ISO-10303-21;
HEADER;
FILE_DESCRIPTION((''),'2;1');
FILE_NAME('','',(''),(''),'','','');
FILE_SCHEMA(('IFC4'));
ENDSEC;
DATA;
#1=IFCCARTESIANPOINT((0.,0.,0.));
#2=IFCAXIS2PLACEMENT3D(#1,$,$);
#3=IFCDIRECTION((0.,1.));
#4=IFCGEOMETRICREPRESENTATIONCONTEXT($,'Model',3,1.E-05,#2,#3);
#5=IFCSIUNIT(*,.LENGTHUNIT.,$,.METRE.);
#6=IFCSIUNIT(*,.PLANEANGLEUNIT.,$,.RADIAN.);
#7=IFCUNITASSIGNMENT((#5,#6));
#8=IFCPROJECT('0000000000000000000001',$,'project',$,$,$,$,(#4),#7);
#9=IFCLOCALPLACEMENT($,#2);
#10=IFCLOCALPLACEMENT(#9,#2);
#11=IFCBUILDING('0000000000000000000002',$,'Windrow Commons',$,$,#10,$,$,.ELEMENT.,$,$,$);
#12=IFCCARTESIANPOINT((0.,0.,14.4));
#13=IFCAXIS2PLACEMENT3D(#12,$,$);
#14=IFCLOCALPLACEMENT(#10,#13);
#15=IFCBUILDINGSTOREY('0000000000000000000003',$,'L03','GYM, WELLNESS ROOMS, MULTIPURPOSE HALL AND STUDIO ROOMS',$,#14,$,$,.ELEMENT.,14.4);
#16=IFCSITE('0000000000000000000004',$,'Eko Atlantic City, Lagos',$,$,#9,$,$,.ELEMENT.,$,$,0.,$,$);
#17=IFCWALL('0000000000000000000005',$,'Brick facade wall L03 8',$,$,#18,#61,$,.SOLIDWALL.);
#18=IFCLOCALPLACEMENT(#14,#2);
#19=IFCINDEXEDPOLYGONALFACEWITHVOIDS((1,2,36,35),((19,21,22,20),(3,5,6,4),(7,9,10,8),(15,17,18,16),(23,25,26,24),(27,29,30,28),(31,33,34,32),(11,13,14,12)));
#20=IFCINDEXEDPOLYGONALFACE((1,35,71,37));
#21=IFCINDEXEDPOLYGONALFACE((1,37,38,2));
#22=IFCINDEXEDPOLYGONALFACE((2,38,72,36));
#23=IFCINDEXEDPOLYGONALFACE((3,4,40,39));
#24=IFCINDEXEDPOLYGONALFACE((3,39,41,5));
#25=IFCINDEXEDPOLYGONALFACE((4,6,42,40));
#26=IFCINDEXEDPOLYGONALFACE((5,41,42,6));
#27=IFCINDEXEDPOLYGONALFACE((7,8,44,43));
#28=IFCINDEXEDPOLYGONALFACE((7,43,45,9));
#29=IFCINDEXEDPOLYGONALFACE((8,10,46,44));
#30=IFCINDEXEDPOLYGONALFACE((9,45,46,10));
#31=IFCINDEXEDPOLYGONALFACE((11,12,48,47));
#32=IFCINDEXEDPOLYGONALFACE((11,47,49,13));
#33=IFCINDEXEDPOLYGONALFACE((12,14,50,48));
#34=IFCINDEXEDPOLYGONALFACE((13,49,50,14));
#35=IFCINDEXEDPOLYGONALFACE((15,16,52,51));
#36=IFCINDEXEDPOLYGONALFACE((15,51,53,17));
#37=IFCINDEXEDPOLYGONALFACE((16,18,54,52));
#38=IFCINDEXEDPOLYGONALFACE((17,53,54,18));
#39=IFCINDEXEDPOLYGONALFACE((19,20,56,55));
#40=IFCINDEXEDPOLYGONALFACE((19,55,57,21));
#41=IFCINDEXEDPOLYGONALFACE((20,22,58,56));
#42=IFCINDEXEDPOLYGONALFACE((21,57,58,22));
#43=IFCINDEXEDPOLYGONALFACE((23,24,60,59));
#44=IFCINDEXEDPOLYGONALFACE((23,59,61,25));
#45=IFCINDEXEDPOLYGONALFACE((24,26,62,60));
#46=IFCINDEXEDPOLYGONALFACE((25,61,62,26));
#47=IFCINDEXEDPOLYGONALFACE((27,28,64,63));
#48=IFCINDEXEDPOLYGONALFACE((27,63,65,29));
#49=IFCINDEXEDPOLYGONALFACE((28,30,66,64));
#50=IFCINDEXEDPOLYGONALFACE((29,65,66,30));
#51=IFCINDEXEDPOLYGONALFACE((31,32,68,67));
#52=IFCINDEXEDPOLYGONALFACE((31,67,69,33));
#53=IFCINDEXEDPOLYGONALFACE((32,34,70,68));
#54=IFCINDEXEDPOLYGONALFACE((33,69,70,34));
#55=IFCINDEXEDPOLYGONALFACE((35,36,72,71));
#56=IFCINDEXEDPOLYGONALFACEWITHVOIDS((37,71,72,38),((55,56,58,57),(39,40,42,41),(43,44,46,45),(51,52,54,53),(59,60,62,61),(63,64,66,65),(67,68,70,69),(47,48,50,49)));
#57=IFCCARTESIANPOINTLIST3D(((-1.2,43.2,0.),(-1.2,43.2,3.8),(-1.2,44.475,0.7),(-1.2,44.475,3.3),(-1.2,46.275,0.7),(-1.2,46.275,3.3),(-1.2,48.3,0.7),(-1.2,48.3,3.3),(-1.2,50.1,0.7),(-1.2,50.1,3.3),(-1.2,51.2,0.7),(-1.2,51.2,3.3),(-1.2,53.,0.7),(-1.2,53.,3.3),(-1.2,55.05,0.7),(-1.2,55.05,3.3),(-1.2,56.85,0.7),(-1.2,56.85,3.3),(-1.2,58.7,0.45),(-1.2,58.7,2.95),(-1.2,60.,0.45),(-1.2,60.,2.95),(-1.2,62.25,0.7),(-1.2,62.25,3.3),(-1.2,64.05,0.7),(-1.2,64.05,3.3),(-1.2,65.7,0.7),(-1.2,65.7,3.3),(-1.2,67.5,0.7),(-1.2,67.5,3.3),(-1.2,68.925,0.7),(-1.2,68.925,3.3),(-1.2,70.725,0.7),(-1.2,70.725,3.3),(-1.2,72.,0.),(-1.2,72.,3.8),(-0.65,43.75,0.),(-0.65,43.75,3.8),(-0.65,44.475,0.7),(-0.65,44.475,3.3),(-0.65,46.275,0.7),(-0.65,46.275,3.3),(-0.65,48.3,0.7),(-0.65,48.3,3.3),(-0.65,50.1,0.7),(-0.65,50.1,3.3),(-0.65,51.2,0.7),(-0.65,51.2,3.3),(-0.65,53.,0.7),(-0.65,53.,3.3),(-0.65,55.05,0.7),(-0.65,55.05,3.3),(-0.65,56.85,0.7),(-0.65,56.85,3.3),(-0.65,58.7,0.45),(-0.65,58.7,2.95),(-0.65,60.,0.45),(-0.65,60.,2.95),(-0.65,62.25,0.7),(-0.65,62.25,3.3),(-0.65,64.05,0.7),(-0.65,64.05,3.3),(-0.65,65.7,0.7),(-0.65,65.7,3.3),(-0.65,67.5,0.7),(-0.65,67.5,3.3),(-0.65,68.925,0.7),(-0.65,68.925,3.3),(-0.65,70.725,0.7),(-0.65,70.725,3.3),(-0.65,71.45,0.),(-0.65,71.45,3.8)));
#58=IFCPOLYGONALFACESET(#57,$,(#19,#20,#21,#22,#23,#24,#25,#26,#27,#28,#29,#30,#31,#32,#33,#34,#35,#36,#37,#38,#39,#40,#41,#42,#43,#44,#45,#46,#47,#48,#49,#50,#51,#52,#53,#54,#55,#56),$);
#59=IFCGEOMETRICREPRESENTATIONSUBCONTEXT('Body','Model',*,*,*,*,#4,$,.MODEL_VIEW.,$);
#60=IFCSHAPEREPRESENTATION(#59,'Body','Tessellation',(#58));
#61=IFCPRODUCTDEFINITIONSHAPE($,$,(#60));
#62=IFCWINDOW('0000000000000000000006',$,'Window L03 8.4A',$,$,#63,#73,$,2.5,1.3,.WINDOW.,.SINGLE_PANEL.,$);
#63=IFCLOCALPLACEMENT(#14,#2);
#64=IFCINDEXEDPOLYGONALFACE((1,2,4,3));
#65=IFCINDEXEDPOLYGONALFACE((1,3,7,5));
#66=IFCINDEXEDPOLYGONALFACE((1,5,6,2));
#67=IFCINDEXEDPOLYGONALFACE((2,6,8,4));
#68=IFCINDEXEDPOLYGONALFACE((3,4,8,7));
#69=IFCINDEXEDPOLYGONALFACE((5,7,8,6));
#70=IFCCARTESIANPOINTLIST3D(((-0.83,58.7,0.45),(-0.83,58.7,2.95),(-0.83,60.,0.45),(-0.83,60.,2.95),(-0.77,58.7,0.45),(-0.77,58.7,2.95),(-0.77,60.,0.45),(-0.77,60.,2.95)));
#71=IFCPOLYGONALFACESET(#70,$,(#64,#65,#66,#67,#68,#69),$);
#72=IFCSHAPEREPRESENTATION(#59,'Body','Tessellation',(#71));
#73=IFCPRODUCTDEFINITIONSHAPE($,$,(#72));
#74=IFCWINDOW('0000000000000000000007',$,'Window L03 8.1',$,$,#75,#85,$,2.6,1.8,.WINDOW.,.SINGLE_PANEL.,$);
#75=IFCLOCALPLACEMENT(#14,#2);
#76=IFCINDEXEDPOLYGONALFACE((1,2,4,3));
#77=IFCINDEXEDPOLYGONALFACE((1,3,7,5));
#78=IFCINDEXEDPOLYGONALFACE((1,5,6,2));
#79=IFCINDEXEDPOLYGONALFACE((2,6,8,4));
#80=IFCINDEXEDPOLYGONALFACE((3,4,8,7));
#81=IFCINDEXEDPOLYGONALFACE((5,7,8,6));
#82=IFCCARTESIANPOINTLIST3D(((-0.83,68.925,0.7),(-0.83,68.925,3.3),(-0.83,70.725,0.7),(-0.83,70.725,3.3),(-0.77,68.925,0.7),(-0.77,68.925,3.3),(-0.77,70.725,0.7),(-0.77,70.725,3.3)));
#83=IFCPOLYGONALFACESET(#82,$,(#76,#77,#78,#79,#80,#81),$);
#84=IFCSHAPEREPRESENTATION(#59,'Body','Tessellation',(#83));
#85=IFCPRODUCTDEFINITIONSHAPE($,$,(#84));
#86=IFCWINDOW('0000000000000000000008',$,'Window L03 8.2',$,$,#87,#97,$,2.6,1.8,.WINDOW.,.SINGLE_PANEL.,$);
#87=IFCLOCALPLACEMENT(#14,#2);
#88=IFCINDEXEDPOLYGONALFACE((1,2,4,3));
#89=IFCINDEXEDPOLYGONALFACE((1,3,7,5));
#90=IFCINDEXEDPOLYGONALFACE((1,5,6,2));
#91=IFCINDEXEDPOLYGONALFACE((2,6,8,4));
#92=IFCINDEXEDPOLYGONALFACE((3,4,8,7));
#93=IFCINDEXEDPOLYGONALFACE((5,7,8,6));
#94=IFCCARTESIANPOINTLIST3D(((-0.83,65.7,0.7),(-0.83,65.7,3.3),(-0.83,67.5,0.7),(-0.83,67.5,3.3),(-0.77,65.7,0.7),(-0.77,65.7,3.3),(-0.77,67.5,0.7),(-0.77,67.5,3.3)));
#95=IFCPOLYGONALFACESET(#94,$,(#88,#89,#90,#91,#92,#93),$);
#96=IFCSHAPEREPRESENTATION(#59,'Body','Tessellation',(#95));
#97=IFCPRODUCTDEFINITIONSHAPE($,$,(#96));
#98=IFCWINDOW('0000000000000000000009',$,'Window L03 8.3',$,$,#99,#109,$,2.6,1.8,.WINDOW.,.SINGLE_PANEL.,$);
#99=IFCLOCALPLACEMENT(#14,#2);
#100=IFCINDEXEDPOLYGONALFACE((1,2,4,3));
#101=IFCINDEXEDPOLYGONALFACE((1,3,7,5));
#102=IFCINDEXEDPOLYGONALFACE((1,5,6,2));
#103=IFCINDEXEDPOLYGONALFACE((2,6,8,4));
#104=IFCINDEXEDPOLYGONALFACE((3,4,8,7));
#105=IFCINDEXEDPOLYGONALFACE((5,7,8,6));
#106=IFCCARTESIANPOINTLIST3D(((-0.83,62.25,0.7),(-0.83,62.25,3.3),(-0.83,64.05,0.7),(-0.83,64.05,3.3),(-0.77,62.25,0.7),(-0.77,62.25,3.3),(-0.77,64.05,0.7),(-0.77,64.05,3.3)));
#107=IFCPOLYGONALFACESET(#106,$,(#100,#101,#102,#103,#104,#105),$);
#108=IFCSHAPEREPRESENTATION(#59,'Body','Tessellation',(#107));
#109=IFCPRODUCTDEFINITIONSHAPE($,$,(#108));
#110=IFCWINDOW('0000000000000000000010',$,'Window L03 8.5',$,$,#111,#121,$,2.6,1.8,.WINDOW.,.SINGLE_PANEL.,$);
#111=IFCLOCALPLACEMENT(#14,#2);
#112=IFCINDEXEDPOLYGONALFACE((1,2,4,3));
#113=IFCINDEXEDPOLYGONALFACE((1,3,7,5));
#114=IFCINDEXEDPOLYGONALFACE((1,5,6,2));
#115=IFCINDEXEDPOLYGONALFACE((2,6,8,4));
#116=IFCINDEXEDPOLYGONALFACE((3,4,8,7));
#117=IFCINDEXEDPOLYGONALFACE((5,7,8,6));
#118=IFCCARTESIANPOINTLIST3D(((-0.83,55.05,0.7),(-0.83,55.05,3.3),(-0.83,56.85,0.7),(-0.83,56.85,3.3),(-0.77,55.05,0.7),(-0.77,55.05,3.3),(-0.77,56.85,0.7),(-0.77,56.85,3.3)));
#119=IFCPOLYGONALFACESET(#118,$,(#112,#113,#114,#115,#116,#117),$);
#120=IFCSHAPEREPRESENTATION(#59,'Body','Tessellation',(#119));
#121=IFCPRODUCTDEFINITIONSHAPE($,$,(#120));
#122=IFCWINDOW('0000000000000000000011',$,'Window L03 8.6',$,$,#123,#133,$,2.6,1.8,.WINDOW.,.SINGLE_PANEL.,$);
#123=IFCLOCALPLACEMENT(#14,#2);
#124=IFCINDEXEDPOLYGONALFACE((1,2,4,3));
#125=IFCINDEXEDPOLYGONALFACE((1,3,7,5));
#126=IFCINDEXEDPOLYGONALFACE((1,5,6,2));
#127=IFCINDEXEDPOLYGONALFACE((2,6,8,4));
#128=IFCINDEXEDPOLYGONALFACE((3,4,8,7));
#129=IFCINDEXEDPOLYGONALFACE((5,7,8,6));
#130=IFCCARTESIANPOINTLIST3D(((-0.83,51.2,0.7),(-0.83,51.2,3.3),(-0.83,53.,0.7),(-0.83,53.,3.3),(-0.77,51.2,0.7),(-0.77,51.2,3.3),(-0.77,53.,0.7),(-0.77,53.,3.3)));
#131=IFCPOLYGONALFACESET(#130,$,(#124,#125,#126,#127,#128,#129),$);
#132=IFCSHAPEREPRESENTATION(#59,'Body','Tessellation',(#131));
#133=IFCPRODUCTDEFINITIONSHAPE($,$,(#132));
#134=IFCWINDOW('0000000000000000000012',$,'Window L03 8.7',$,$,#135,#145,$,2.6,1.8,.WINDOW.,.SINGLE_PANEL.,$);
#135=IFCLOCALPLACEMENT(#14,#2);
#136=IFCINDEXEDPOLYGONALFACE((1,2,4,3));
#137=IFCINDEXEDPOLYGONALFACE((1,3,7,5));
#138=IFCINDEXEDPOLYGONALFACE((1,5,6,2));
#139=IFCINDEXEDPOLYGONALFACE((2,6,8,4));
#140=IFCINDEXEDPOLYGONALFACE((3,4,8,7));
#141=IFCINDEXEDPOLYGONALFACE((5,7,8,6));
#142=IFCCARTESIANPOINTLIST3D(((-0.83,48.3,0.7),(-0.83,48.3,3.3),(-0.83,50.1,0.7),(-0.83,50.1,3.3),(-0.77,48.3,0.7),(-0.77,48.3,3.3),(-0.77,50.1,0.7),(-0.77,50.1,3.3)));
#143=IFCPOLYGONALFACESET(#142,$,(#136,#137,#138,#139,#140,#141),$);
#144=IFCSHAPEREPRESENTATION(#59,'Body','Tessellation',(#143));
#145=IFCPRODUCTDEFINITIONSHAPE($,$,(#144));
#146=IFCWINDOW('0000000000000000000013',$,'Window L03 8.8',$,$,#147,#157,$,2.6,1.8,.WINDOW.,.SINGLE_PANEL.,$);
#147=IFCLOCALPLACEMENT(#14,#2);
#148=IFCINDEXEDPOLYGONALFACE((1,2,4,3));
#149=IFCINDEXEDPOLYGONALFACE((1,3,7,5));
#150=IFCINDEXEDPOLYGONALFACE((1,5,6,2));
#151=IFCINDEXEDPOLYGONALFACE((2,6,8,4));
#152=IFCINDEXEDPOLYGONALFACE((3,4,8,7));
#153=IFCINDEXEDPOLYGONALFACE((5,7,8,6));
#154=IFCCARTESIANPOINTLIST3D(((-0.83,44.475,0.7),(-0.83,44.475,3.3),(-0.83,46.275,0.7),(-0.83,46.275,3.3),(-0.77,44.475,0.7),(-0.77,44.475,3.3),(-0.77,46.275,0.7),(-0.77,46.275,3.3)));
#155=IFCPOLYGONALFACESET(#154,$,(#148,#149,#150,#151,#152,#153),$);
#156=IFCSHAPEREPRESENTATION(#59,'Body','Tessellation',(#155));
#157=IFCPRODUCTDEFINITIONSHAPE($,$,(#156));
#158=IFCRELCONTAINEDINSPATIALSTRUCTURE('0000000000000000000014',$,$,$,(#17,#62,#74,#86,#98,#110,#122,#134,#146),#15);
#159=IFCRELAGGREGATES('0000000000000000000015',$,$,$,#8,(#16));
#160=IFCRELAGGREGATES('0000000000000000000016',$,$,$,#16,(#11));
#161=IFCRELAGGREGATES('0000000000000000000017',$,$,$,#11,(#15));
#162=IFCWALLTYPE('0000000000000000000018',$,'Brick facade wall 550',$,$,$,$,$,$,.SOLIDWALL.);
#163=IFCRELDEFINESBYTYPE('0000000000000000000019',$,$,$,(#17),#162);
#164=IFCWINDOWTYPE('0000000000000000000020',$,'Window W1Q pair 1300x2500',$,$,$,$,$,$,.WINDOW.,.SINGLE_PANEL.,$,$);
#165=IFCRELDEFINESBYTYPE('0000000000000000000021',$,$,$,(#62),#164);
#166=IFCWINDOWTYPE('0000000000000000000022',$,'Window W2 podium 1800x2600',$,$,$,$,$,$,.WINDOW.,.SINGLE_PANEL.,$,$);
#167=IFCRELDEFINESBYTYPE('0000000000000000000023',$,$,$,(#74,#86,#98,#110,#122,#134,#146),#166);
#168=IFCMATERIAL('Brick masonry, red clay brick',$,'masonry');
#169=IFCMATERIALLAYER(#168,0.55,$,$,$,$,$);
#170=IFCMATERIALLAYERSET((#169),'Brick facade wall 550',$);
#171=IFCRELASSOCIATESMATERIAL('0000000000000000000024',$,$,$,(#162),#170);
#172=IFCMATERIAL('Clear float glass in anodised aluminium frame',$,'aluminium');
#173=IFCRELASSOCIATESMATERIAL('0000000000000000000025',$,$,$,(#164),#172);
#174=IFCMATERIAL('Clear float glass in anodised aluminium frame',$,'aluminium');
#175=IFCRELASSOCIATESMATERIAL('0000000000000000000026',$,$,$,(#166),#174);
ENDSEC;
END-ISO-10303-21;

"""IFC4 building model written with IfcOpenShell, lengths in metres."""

from ifc_helpers import new_model, si_unit, direction, frame, frame_2d, origin, place, context, subcontext, project, spatial, polyline, rectangle, outline, extrude, material, layer, layer_set, type_object, element, fill, save


model = new_model("IFC4")

# Units and contexts
model_context = context("Model", 3, precision=1e-05, world=origin(), true_north=direction((0.0, 1.0)))
body_context = subcontext(model_context, "Body", "Model", "MODEL_VIEW")
ifc_project = project(units=[si_unit("LENGTHUNIT", "METRE"), si_unit("PLANEANGLEUNIT", "RADIAN")], contexts=[model_context])

# Site, building, storey
site_placement = place(None, origin())
site = spatial("IfcSite", under=ifc_project, at=site_placement, Name="Eko Atlantic City, Lagos", CompositionType="ELEMENT", RefElevation=0.0)
building_placement = place(site_placement, origin())
building = spatial("IfcBuilding", under=site, at=building_placement, Name="Windrow Commons", CompositionType="ELEMENT")
storey_placement = place(building_placement, frame((0.0, 0.0, 14.4)))
storey = spatial("IfcBuildingStorey", under=building, at=storey_placement, Name="L03", Description="GYM, WELLNESS ROOMS, MULTIPURPOSE HALL AND STUDIO ROOMS", CompositionType="ELEMENT", Elevation=14.4)

# Shared definitions
ifc_material_1 = material(Name="Brick masonry, red clay brick", Category="masonry")
ifc_layer_1 = layer(ifc_material_1, 0.55)
ifc_layer_set_1 = layer_set([ifc_layer_1], Name="Brick facade wall 550")
wall_type_1 = type_object("IfcWallType", Name="Brick facade wall 550", PredefinedType="SOLIDWALL", material=ifc_layer_set_1)

# Wall, openings, windows
wall_1_placement = place(storey_placement, frame((-0.925, 71.725, 0.0), z_axis=(0.0, 0.0, 1.0), x_axis=(0.0, -1.0, 0.0)))
wall_1 = element("IfcWall", 1, at=wall_1_placement, inside=storey, type_object=wall_type_1, Name="Brick facade wall L03 8", PredefinedType="SOLIDWALL", context=body_context, shape_type="SweptSolid", body=[
    extrude(outline(polyline([(-0.275, -0.275), (28.525, -0.275), (27.975, 0.275), (0.275, 0.275), (-0.275, -0.275)])), origin(), (0.0, 0.0, 1.0), 3.8),
])
opening_1_placement = place(wall_1_placement, frame((1.0, 0.0, 0.7)))
opening_1 = element("IfcOpeningElement", 2, at=opening_1_placement, cuts=wall_1, PredefinedType="OPENING", context=body_context, shape_type="SweptSolid", body=[
    extrude(rectangle(XDim=1.8, YDim=2.6, at=frame_2d((0.9, 1.3))), frame((0.0, 0.285, 0.0), z_axis=(0.0, -1.0, 0.0), x_axis=(1.0, 0.0, 0.0)), (0.0, 0.0, 1.0), 0.57),
])
opening_2_placement = place(wall_1_placement, frame((4.225, 0.0, 0.7)))
opening_2 = element("IfcOpeningElement", 3, at=opening_2_placement, cuts=wall_1, PredefinedType="OPENING", context=body_context, shape_type="SweptSolid", body=[
    extrude(rectangle(XDim=1.8, YDim=2.6, at=frame_2d((0.9, 1.3))), frame((0.0, 0.285, 0.0), z_axis=(0.0, -1.0, 0.0), x_axis=(1.0, 0.0, 0.0)), (0.0, 0.0, 1.0), 0.57),
])
opening_3_placement = place(wall_1_placement, frame((7.675, 0.0, 0.7)))
opening_3 = element("IfcOpeningElement", 4, at=opening_3_placement, cuts=wall_1, PredefinedType="OPENING", context=body_context, shape_type="SweptSolid", body=[
    extrude(rectangle(XDim=1.8, YDim=2.6, at=frame_2d((0.9, 1.3))), frame((0.0, 0.285, 0.0), z_axis=(0.0, -1.0, 0.0), x_axis=(1.0, 0.0, 0.0)), (0.0, 0.0, 1.0), 0.57),
])
opening_4_placement = place(wall_1_placement, frame((14.875, 0.0, 0.7)))
opening_4 = element("IfcOpeningElement", 5, at=opening_4_placement, cuts=wall_1, PredefinedType="OPENING", context=body_context, shape_type="SweptSolid", body=[
    extrude(rectangle(XDim=1.8, YDim=2.6, at=frame_2d((0.9, 1.3))), frame((0.0, 0.285, 0.0), z_axis=(0.0, -1.0, 0.0), x_axis=(1.0, 0.0, 0.0)), (0.0, 0.0, 1.0), 0.57),
])
opening_5_placement = place(wall_1_placement, frame((18.725, 0.0, 0.7)))
opening_5 = element("IfcOpeningElement", 6, at=opening_5_placement, cuts=wall_1, PredefinedType="OPENING", context=body_context, shape_type="SweptSolid", body=[
    extrude(rectangle(XDim=1.8, YDim=2.6, at=frame_2d((0.9, 1.3))), frame((0.0, 0.285, 0.0), z_axis=(0.0, -1.0, 0.0), x_axis=(1.0, 0.0, 0.0)), (0.0, 0.0, 1.0), 0.57),
])
opening_6_placement = place(wall_1_placement, frame((21.625, 0.0, 0.7)))
opening_6 = element("IfcOpeningElement", 7, at=opening_6_placement, cuts=wall_1, PredefinedType="OPENING", context=body_context, shape_type="SweptSolid", body=[
    extrude(rectangle(XDim=1.8, YDim=2.6, at=frame_2d((0.9, 1.3))), frame((0.0, 0.285, 0.0), z_axis=(0.0, -1.0, 0.0), x_axis=(1.0, 0.0, 0.0)), (0.0, 0.0, 1.0), 0.57),
])
opening_7_placement = place(wall_1_placement, frame((25.45, 0.0, 0.7)))
opening_7 = element("IfcOpeningElement", 8, at=opening_7_placement, cuts=wall_1, PredefinedType="OPENING", context=body_context, shape_type="SweptSolid", body=[
    extrude(rectangle(XDim=1.8, YDim=2.6, at=frame_2d((0.9, 1.3))), frame((0.0, 0.285, 0.0), z_axis=(0.0, -1.0, 0.0), x_axis=(1.0, 0.0, 0.0)), (0.0, 0.0, 1.0), 0.57),
])
opening_8_placement = place(wall_1_placement, frame((11.725, 0.0, 0.45)))
opening_8 = element("IfcOpeningElement", 9, at=opening_8_placement, cuts=wall_1, PredefinedType="OPENING", context=body_context, shape_type="SweptSolid", body=[
    extrude(rectangle(XDim=1.3, YDim=2.5, at=frame_2d((0.65, 1.25))), frame((0.0, 0.285, 0.0), z_axis=(0.0, -1.0, 0.0), x_axis=(1.0, 0.0, 0.0)), (0.0, 0.0, 1.0), 0.57),
])
ifc_material_2 = material(Name="Clear float glass in anodised aluminium frame", Category="aluminium")
window_type_1 = type_object("IfcWindowType", Name="Window W1Q pair 1300x2500", PartitioningType="SINGLE_PANEL", PredefinedType="WINDOW", material=ifc_material_2)
window_1_placement = place(opening_8_placement, origin())
window_1 = element("IfcWindow", 10, at=window_1_placement, inside=storey, type_object=window_type_1, Name="Window L03 8.4A", OverallHeight=2.5, OverallWidth=1.3, PartitioningType="SINGLE_PANEL", PredefinedType="WINDOW", context=body_context, shape_type="SweptSolid", body=[
    extrude(rectangle(XDim=1.3, YDim=2.5, at=frame_2d((0.65, 1.25))), frame((0.0, 0.155, 0.0), z_axis=(0.0, -1.0, 0.0), x_axis=(1.0, 0.0, 0.0)), (0.0, 0.0, 1.0), 0.06),
])
fill(opening_8, window_1)
ifc_material_3 = material(Name="Clear float glass in anodised aluminium frame", Category="aluminium")
window_type_2 = type_object("IfcWindowType", Name="Window W2 podium 1800x2600", PartitioningType="SINGLE_PANEL", PredefinedType="WINDOW", material=ifc_material_3)
window_2_placement = place(opening_1_placement, origin())
window_2 = element("IfcWindow", 11, at=window_2_placement, inside=storey, type_object=window_type_2, Name="Window L03 8.1", OverallHeight=2.6, OverallWidth=1.8, PartitioningType="SINGLE_PANEL", PredefinedType="WINDOW", context=body_context, shape_type="SweptSolid", body=[
    extrude(rectangle(XDim=1.8, YDim=2.6, at=frame_2d((0.9, 1.3))), frame((0.0, 0.155, 0.0), z_axis=(0.0, -1.0, 0.0), x_axis=(1.0, 0.0, 0.0)), (0.0, 0.0, 1.0), 0.06),
])
fill(opening_1, window_2)
window_3_placement = place(opening_2_placement, origin())
window_3 = element("IfcWindow", 12, at=window_3_placement, inside=storey, type_object=window_type_2, Name="Window L03 8.2", OverallHeight=2.6, OverallWidth=1.8, PartitioningType="SINGLE_PANEL", PredefinedType="WINDOW", context=body_context, shape_type="SweptSolid", body=[
    extrude(rectangle(XDim=1.8, YDim=2.6, at=frame_2d((0.9, 1.3))), frame((0.0, 0.155, 0.0), z_axis=(0.0, -1.0, 0.0), x_axis=(1.0, 0.0, 0.0)), (0.0, 0.0, 1.0), 0.06),
])
fill(opening_2, window_3)
window_4_placement = place(opening_3_placement, origin())
window_4 = element("IfcWindow", 13, at=window_4_placement, inside=storey, type_object=window_type_2, Name="Window L03 8.3", OverallHeight=2.6, OverallWidth=1.8, PartitioningType="SINGLE_PANEL", PredefinedType="WINDOW", context=body_context, shape_type="SweptSolid", body=[
    extrude(rectangle(XDim=1.8, YDim=2.6, at=frame_2d((0.9, 1.3))), frame((0.0, 0.155, 0.0), z_axis=(0.0, -1.0, 0.0), x_axis=(1.0, 0.0, 0.0)), (0.0, 0.0, 1.0), 0.06),
])
fill(opening_3, window_4)
window_5_placement = place(opening_4_placement, origin())
window_5 = element("IfcWindow", 14, at=window_5_placement, inside=storey, type_object=window_type_2, Name="Window L03 8.5", OverallHeight=2.6, OverallWidth=1.8, PartitioningType="SINGLE_PANEL", PredefinedType="WINDOW", context=body_context, shape_type="SweptSolid", body=[
    extrude(rectangle(XDim=1.8, YDim=2.6, at=frame_2d((0.9, 1.3))), frame((0.0, 0.155, 0.0), z_axis=(0.0, -1.0, 0.0), x_axis=(1.0, 0.0, 0.0)), (0.0, 0.0, 1.0), 0.06),
])
fill(opening_4, window_5)
window_6_placement = place(opening_5_placement, origin())
window_6 = element("IfcWindow", 15, at=window_6_placement, inside=storey, type_object=window_type_2, Name="Window L03 8.6", OverallHeight=2.6, OverallWidth=1.8, PartitioningType="SINGLE_PANEL", PredefinedType="WINDOW", context=body_context, shape_type="SweptSolid", body=[
    extrude(rectangle(XDim=1.8, YDim=2.6, at=frame_2d((0.9, 1.3))), frame((0.0, 0.155, 0.0), z_axis=(0.0, -1.0, 0.0), x_axis=(1.0, 0.0, 0.0)), (0.0, 0.0, 1.0), 0.06),
])
fill(opening_5, window_6)
window_7_placement = place(opening_6_placement, origin())
window_7 = element("IfcWindow", 16, at=window_7_placement, inside=storey, type_object=window_type_2, Name="Window L03 8.7", OverallHeight=2.6, OverallWidth=1.8, PartitioningType="SINGLE_PANEL", PredefinedType="WINDOW", context=body_context, shape_type="SweptSolid", body=[
    extrude(rectangle(XDim=1.8, YDim=2.6, at=frame_2d((0.9, 1.3))), frame((0.0, 0.155, 0.0), z_axis=(0.0, -1.0, 0.0), x_axis=(1.0, 0.0, 0.0)), (0.0, 0.0, 1.0), 0.06),
])
fill(opening_6, window_7)
window_8_placement = place(opening_7_placement, origin())
window_8 = element("IfcWindow", 17, at=window_8_placement, inside=storey, type_object=window_type_2, Name="Window L03 8.8", OverallHeight=2.6, OverallWidth=1.8, PartitioningType="SINGLE_PANEL", PredefinedType="WINDOW", context=body_context, shape_type="SweptSolid", body=[
    extrude(rectangle(XDim=1.8, YDim=2.6, at=frame_2d((0.9, 1.3))), frame((0.0, 0.155, 0.0), z_axis=(0.0, -1.0, 0.0), x_axis=(1.0, 0.0, 0.0)), (0.0, 0.0, 1.0), 0.06),
])
fill(opening_7, window_8)

save(model, "model.ifc")
